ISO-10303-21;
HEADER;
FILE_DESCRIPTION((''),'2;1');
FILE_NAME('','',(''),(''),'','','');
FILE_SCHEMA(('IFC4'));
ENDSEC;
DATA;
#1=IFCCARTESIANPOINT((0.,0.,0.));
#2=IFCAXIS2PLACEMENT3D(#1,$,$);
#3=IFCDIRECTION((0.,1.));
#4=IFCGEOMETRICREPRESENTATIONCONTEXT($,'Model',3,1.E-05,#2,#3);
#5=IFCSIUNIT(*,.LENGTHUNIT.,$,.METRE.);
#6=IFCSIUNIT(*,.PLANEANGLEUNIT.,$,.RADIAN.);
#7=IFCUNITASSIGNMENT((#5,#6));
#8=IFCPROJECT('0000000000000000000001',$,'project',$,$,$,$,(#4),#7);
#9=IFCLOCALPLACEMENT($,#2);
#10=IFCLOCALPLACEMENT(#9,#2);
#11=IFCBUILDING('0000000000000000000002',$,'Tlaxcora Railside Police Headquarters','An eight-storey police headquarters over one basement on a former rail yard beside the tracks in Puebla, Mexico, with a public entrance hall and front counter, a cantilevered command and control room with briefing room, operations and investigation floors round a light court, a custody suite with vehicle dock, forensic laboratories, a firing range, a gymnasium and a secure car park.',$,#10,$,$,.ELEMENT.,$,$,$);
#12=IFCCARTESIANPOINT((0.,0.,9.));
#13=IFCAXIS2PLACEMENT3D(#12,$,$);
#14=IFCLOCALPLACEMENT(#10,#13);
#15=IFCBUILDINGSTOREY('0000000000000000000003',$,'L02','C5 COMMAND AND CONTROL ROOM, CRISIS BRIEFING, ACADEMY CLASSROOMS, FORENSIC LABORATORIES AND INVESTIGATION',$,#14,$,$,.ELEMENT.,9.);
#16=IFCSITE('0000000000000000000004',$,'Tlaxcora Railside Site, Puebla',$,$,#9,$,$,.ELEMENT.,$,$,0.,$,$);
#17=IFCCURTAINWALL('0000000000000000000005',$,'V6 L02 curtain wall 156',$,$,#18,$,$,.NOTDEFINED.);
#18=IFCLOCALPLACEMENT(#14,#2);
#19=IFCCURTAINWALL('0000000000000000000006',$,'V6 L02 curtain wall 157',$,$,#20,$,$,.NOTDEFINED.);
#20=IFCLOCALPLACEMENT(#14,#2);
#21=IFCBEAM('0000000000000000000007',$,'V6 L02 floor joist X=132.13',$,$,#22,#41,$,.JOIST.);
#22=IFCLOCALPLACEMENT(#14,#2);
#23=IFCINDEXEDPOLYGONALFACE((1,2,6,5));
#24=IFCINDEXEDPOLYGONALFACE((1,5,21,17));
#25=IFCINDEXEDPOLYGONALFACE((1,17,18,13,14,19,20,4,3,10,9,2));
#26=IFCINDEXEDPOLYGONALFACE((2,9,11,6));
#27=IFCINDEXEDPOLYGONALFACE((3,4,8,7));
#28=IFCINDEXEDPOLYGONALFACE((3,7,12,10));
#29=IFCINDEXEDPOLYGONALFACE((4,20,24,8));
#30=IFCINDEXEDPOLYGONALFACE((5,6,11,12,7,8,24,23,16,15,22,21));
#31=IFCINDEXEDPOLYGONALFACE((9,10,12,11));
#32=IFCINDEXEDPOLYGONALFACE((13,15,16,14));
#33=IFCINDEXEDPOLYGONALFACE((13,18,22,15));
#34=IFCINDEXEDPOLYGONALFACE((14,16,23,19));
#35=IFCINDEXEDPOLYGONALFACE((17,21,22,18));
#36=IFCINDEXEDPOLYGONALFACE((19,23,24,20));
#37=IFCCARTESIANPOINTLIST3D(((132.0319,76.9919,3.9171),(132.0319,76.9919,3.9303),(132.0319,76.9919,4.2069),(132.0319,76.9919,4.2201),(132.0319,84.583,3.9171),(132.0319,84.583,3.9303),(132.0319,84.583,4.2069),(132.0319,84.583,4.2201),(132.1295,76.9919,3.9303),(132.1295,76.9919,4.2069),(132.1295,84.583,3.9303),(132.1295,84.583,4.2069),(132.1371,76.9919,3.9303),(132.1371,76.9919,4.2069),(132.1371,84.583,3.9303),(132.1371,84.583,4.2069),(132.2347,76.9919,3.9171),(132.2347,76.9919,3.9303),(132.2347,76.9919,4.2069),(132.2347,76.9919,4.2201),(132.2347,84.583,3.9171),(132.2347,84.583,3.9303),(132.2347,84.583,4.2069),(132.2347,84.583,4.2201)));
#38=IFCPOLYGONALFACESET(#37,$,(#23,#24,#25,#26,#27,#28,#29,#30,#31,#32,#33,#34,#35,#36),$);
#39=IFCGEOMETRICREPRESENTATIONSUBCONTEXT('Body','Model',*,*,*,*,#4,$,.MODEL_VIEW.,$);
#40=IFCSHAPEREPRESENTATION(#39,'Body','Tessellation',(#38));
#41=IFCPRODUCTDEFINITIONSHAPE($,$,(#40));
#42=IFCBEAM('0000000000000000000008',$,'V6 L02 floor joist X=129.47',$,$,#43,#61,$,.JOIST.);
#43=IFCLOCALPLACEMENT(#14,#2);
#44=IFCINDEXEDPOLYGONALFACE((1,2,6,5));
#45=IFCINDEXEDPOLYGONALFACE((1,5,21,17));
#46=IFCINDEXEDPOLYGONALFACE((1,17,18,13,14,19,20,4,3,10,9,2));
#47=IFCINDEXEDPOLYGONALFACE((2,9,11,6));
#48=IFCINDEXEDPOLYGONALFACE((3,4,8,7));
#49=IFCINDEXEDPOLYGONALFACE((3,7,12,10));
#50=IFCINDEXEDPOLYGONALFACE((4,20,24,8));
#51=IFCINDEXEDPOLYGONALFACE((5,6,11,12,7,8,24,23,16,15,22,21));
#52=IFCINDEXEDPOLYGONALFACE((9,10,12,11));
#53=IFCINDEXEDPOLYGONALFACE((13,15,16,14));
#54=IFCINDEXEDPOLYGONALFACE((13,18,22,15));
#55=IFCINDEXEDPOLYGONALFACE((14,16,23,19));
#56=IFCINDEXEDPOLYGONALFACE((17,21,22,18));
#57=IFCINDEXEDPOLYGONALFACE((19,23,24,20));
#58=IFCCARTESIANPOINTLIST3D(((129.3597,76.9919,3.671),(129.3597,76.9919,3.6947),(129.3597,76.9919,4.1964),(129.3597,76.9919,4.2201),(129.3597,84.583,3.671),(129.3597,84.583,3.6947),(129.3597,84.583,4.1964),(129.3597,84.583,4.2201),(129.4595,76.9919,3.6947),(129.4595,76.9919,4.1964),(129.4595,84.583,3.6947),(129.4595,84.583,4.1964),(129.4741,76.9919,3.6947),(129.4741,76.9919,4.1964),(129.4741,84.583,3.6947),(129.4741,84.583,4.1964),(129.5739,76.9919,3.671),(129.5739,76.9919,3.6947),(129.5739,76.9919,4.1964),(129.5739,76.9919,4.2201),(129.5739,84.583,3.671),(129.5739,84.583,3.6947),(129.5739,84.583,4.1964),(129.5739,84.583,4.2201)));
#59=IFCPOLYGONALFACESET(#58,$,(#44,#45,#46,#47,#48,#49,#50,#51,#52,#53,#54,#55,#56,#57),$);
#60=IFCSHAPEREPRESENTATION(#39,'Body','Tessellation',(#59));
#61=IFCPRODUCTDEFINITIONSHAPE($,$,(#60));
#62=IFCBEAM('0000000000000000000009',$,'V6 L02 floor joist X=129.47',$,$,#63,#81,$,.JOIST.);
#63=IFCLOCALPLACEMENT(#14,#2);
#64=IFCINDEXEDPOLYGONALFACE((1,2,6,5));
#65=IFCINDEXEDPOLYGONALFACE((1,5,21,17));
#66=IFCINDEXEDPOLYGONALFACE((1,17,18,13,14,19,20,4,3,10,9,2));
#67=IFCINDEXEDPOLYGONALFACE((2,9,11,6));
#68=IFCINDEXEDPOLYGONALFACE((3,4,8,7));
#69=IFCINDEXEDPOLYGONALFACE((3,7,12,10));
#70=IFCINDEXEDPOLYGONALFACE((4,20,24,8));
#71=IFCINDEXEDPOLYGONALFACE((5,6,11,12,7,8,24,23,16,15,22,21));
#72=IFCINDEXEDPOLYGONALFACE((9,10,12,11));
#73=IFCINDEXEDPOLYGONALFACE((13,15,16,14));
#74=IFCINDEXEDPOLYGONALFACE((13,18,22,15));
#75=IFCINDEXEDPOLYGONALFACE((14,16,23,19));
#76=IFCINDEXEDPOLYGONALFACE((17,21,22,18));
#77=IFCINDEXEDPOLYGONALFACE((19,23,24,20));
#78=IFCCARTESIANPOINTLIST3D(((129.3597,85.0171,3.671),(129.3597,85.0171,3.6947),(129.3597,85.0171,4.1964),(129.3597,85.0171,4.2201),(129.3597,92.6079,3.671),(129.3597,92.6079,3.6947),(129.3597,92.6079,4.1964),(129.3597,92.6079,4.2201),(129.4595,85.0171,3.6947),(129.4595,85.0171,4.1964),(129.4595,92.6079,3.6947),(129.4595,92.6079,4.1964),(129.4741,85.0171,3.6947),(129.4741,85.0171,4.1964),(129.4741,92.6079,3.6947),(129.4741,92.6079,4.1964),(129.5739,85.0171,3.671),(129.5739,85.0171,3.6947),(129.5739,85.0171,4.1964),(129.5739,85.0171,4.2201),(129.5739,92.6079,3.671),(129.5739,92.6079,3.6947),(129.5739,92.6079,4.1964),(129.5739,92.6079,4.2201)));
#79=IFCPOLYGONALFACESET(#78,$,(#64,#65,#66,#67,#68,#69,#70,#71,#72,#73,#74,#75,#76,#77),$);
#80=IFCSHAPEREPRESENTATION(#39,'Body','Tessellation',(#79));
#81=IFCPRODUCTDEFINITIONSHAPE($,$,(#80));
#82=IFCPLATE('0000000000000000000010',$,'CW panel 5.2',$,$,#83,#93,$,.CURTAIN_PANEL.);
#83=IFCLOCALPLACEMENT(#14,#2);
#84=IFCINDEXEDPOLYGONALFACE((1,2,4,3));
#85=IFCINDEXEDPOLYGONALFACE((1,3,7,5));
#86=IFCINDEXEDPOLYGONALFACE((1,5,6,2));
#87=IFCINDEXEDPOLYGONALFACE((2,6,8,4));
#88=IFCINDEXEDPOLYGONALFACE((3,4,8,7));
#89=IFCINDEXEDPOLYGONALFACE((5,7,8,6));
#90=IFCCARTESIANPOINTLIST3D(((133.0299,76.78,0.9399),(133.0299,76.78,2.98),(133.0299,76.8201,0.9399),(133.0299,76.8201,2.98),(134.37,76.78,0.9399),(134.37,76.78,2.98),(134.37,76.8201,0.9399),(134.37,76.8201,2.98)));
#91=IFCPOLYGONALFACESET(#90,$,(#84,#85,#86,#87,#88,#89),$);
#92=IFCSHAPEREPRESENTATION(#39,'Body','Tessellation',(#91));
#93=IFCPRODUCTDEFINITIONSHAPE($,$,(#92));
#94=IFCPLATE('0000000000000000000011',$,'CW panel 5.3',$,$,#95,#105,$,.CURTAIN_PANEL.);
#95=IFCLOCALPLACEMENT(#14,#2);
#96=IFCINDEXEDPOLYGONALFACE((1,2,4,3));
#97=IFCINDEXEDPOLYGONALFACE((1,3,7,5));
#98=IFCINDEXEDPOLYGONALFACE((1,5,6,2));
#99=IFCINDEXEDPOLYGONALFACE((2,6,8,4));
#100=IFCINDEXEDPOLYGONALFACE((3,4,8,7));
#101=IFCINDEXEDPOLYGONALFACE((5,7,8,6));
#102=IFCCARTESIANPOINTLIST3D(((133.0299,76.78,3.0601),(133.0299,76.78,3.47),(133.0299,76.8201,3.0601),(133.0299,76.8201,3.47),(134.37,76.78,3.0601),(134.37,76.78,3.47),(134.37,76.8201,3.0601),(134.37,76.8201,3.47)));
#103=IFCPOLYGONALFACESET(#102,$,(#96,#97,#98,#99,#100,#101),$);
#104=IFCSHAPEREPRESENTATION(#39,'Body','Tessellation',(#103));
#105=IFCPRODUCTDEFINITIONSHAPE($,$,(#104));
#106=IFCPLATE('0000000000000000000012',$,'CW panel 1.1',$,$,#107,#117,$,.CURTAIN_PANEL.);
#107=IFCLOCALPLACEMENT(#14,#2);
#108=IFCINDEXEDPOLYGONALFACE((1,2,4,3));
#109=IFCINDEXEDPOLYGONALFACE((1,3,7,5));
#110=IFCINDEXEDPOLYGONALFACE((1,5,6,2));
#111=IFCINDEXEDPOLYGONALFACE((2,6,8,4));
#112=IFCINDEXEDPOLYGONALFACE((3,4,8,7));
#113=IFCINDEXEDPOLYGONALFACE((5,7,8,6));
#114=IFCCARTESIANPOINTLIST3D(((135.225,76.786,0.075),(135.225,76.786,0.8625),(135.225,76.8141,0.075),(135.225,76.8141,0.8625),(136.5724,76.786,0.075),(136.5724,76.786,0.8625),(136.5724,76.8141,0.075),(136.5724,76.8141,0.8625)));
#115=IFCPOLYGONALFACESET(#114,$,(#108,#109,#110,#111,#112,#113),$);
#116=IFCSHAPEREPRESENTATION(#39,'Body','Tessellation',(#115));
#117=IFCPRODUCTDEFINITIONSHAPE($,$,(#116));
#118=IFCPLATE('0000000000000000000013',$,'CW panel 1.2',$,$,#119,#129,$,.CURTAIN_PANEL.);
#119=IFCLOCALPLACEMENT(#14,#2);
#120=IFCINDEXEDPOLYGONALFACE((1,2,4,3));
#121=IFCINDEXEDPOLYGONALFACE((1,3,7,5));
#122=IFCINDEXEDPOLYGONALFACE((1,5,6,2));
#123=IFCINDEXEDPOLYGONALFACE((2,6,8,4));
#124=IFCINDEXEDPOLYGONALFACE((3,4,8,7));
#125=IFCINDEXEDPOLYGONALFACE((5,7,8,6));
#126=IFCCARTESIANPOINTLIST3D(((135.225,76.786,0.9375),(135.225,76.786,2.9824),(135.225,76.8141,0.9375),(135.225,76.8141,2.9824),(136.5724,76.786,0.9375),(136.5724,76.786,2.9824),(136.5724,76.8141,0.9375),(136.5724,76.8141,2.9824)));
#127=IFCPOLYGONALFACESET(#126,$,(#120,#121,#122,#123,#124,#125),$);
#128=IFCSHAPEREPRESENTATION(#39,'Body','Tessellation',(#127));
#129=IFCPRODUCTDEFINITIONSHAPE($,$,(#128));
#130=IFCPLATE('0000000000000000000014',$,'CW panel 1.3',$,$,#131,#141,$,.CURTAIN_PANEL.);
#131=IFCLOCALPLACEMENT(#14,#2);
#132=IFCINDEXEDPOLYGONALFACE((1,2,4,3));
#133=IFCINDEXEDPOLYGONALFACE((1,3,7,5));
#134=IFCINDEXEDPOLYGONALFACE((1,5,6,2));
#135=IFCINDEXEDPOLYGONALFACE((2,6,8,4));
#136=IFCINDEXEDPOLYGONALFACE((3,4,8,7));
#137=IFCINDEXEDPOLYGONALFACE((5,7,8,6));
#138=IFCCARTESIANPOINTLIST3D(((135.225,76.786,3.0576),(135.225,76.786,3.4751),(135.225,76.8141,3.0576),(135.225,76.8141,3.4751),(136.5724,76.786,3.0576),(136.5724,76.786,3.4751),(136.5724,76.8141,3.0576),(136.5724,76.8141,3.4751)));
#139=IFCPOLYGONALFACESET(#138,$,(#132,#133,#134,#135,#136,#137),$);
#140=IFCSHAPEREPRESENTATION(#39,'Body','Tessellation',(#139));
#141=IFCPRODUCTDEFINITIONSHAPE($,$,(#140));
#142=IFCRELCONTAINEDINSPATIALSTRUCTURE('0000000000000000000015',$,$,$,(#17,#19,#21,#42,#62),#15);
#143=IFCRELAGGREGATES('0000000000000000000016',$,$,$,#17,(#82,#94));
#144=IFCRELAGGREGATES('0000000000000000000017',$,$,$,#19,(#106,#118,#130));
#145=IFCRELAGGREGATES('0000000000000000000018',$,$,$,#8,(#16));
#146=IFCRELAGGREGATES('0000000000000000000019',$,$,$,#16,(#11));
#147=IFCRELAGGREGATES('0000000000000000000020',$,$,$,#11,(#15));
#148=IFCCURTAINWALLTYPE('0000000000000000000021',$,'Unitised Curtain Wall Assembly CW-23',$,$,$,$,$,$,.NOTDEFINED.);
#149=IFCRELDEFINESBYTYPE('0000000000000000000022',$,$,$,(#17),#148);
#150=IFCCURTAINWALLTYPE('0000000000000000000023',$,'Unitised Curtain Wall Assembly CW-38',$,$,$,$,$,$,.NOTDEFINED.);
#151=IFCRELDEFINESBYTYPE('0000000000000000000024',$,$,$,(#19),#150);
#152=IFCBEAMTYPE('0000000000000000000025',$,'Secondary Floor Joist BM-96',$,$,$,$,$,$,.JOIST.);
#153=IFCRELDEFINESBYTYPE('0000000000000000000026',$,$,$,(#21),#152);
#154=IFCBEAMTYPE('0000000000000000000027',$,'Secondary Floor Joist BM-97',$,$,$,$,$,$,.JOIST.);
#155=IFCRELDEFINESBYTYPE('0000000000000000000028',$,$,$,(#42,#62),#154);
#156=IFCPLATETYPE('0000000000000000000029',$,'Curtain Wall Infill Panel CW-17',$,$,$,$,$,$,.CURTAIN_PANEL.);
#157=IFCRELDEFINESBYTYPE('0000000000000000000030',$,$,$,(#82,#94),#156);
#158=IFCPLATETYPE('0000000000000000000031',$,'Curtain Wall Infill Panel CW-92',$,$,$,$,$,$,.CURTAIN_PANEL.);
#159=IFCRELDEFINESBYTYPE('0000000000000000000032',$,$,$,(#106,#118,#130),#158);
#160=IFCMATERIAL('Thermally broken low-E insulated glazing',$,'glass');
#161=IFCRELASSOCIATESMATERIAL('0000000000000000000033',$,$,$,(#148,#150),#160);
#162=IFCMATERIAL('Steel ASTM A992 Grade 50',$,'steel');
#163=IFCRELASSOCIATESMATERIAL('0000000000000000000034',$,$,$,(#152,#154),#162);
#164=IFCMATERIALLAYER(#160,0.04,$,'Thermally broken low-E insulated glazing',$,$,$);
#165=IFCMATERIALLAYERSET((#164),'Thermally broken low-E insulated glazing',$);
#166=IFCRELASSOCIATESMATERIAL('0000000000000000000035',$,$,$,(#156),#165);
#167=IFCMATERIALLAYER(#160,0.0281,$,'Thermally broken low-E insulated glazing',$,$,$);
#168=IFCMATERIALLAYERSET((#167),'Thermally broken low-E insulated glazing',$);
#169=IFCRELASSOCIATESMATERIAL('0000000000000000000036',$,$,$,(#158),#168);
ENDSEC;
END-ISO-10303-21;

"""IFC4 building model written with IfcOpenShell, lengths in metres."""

from ifc_helpers import new_model, si_unit, direction, frame, origin, origin_2d, place, context, subcontext, project, spatial, rectangle, i_section, extrude, material, layer, layer_set, material_profile, profile_set, type_object, element, aggregate, save


model = new_model("IFC4")

# Units and contexts
model_context = context("Model", 3, precision=1e-05, world=origin(), true_north=direction((0.0, 1.0)))
body_context = subcontext(model_context, "Body", "Model", "MODEL_VIEW")
ifc_project = project(units=[si_unit("LENGTHUNIT", "METRE"), si_unit("PLANEANGLEUNIT", "RADIAN")], contexts=[model_context])

# Site, building, storey
site_placement = place(None, origin())
site = spatial("IfcSite", under=ifc_project, at=site_placement, Name="Tlaxcora Railside Site, Puebla", CompositionType="ELEMENT", RefElevation=0.0)
building_placement = place(site_placement, origin())
building = spatial("IfcBuilding", under=site, at=building_placement, Name="Tlaxcora Railside Police Headquarters", Description="An eight-storey police headquarters over one basement on a former rail yard beside the tracks in Puebla, Mexico, with a public entrance hall and front counter, a cantilevered command and control room with briefing room, operations and investigation floors round a light court, a custody suite with vehicle dock, forensic laboratories, a firing range, a gymnasium and a secure car park.", CompositionType="ELEMENT")
storey_placement = place(building_placement, frame((0.0, 0.0, 9.0)))
storey = spatial("IfcBuildingStorey", under=building, at=storey_placement, Name="L02", Description="C5 COMMAND AND CONTROL ROOM, CRISIS BRIEFING, ACADEMY CLASSROOMS, FORENSIC LABORATORIES AND INVESTIGATION", CompositionType="ELEMENT", Elevation=9.0)

# Curtain wall
ifc_material_1 = material(Name="Thermally broken low-E insulated glazing", Category="glass")
curtain_wall_type_1 = type_object("IfcCurtainWallType", Name="Unitised Curtain Wall Assembly CW-23", PredefinedType="NOTDEFINED", material=ifc_material_1)
curtain_wall_1_placement = place(storey_placement, origin())
curtain_wall_1 = element("IfcCurtainWall", 1, at=curtain_wall_1_placement, inside=storey, type_object=curtain_wall_type_1, Name="V6 L02 curtain wall 156", PredefinedType="NOTDEFINED")

# Curtain wall
curtain_wall_type_2 = type_object("IfcCurtainWallType", Name="Unitised Curtain Wall Assembly CW-38", PredefinedType="NOTDEFINED", material=ifc_material_1)
curtain_wall_2_placement = place(storey_placement, origin())
curtain_wall_2 = element("IfcCurtainWall", 2, at=curtain_wall_2_placement, inside=storey, type_object=curtain_wall_type_2, Name="V6 L02 curtain wall 157", PredefinedType="NOTDEFINED")

# Beams
ifc_material_2 = material(Name="Steel ASTM A992 Grade 50", Category="steel")
ifc_material_profile_1 = material_profile(ifc_material_2, i_section(OverallWidth=0.2029, OverallDepth=0.303, WebThickness=0.0076, FlangeThickness=0.0132, at=origin_2d()), Name="W12X40")
ifc_profile_set_1 = profile_set([ifc_material_profile_1], Name="Steel ASTM A992 Grade 50")
beam_type_1 = type_object("IfcBeamType", Name="Secondary Floor Joist BM-96", PredefinedType="JOIST", material=ifc_profile_set_1)
beam_1_placement = place(storey_placement, frame((132.1333, 76.9919, 4.0686), z_axis=(0.0, 1.0, 0.0), x_axis=(-1.0, 0.0, 0.0)))
element("IfcBeam", 3, at=beam_1_placement, inside=storey, type_object=beam_type_1, Name="V6 L02 floor joist X=132.13", PredefinedType="JOIST", context=body_context, shape_type="SweptSolid", body=[
    extrude(i_section(OverallWidth=0.2029, OverallDepth=0.303, WebThickness=0.0076, FlangeThickness=0.0132, at=origin_2d()), origin(), (0.0, 0.0, 1.0), 7.5911),
])
ifc_material_profile_2 = material_profile(ifc_material_2, i_section(OverallWidth=0.2141, OverallDepth=0.5491, WebThickness=0.0146, FlangeThickness=0.0237, at=origin_2d()), Name="W21X93")
ifc_profile_set_2 = profile_set([ifc_material_profile_2], Name="Steel ASTM A992 Grade 50")
beam_type_2 = type_object("IfcBeamType", Name="Secondary Floor Joist BM-97", PredefinedType="JOIST", material=ifc_profile_set_2)
beam_2_placement = place(storey_placement, frame((129.4668, 76.9919, 3.9456), z_axis=(0.0, 1.0, 0.0), x_axis=(-1.0, 0.0, 0.0)))
element("IfcBeam", 4, at=beam_2_placement, inside=storey, type_object=beam_type_2, Name="V6 L02 floor joist X=129.47", PredefinedType="JOIST", context=body_context, shape_type="SweptSolid", body=[
    extrude(i_section(OverallWidth=0.2141, OverallDepth=0.5491, WebThickness=0.0146, FlangeThickness=0.0237, at=origin_2d()), origin(), (0.0, 0.0, 1.0), 7.5911),
])
beam_3_placement = place(storey_placement, frame((129.4668, 85.0171, 3.9456), z_axis=(0.0, 1.0, 0.0), x_axis=(-1.0, 0.0, 0.0)))
element("IfcBeam", 5, at=beam_3_placement, inside=storey, type_object=beam_type_2, Name="V6 L02 floor joist X=129.47", PredefinedType="JOIST", context=body_context, shape_type="SweptSolid", body=[
    extrude(i_section(OverallWidth=0.2141, OverallDepth=0.5491, WebThickness=0.0146, FlangeThickness=0.0237, at=origin_2d()), origin(), (0.0, 0.0, 1.0), 7.5908),
])

# Plates
ifc_layer_1 = layer(ifc_material_1, 0.04, Name="Thermally broken low-E insulated glazing")
ifc_layer_set_1 = layer_set([ifc_layer_1], Name="Thermally broken low-E insulated glazing")
plate_type_1 = type_object("IfcPlateType", Name="Curtain Wall Infill Panel CW-17", PredefinedType="CURTAIN_PANEL", material=ifc_layer_set_1)
plate_1_placement = place(storey_placement, frame((133.7, 76.8, 0.9399), z_axis=(0.0, 0.0, 1.0), x_axis=(1.0, 0.0, 0.0)))
plate_1 = element("IfcPlate", 6, at=plate_1_placement, type_object=plate_type_1, Name="CW panel 5.2", PredefinedType="CURTAIN_PANEL", context=body_context, shape_type="SweptSolid", body=[
    extrude(rectangle(XDim=1.3401, YDim=0.04, at=origin_2d()), origin(), (0.0, 0.0, 1.0), 2.04),
])
plate_2_placement = place(storey_placement, frame((133.7, 76.8, 3.0601), z_axis=(0.0, 0.0, 1.0), x_axis=(1.0, 0.0, 0.0)))
plate_2 = element("IfcPlate", 7, at=plate_2_placement, type_object=plate_type_1, Name="CW panel 5.3", PredefinedType="CURTAIN_PANEL", context=body_context, shape_type="SweptSolid", body=[
    extrude(rectangle(XDim=1.3401, YDim=0.04, at=origin_2d()), origin(), (0.0, 0.0, 1.0), 0.4099),
])
aggregate(curtain_wall_1, [plate_1, plate_2])
ifc_layer_2 = layer(ifc_material_1, 0.0281, Name="Thermally broken low-E insulated glazing")
ifc_layer_set_2 = layer_set([ifc_layer_2], Name="Thermally broken low-E insulated glazing")
plate_type_2 = type_object("IfcPlateType", Name="Curtain Wall Infill Panel CW-92", PredefinedType="CURTAIN_PANEL", material=ifc_layer_set_2)
plate_3_placement = place(storey_placement, frame((135.8987, 76.8, 0.075), z_axis=(0.0, 0.0, 1.0), x_axis=(1.0, 0.0, 0.0)))
plate_3 = element("IfcPlate", 8, at=plate_3_placement, type_object=plate_type_2, Name="CW panel 1.1", PredefinedType="CURTAIN_PANEL", context=body_context, shape_type="SweptSolid", body=[
    extrude(rectangle(XDim=1.3474, YDim=0.0281, at=origin_2d()), origin(), (0.0, 0.0, 1.0), 0.7876),
])
plate_4_placement = place(storey_placement, frame((135.8987, 76.8, 0.9375), z_axis=(0.0, 0.0, 1.0), x_axis=(1.0, 0.0, 0.0)))
plate_4 = element("IfcPlate", 9, at=plate_4_placement, type_object=plate_type_2, Name="CW panel 1.2", PredefinedType="CURTAIN_PANEL", context=body_context, shape_type="SweptSolid", body=[
    extrude(rectangle(XDim=1.3474, YDim=0.0281, at=origin_2d()), origin(), (0.0, 0.0, 1.0), 2.0449),
])
plate_5_placement = place(storey_placement, frame((135.8987, 76.8, 3.0576), z_axis=(0.0, 0.0, 1.0), x_axis=(1.0, 0.0, 0.0)))
plate_5 = element("IfcPlate", 10, at=plate_5_placement, type_object=plate_type_2, Name="CW panel 1.3", PredefinedType="CURTAIN_PANEL", context=body_context, shape_type="SweptSolid", body=[
    extrude(rectangle(XDim=1.3474, YDim=0.0281, at=origin_2d()), origin(), (0.0, 0.0, 1.0), 0.4175),
])
aggregate(curtain_wall_2, [plate_3, plate_4, plate_5])

save(model, "model.ifc")
